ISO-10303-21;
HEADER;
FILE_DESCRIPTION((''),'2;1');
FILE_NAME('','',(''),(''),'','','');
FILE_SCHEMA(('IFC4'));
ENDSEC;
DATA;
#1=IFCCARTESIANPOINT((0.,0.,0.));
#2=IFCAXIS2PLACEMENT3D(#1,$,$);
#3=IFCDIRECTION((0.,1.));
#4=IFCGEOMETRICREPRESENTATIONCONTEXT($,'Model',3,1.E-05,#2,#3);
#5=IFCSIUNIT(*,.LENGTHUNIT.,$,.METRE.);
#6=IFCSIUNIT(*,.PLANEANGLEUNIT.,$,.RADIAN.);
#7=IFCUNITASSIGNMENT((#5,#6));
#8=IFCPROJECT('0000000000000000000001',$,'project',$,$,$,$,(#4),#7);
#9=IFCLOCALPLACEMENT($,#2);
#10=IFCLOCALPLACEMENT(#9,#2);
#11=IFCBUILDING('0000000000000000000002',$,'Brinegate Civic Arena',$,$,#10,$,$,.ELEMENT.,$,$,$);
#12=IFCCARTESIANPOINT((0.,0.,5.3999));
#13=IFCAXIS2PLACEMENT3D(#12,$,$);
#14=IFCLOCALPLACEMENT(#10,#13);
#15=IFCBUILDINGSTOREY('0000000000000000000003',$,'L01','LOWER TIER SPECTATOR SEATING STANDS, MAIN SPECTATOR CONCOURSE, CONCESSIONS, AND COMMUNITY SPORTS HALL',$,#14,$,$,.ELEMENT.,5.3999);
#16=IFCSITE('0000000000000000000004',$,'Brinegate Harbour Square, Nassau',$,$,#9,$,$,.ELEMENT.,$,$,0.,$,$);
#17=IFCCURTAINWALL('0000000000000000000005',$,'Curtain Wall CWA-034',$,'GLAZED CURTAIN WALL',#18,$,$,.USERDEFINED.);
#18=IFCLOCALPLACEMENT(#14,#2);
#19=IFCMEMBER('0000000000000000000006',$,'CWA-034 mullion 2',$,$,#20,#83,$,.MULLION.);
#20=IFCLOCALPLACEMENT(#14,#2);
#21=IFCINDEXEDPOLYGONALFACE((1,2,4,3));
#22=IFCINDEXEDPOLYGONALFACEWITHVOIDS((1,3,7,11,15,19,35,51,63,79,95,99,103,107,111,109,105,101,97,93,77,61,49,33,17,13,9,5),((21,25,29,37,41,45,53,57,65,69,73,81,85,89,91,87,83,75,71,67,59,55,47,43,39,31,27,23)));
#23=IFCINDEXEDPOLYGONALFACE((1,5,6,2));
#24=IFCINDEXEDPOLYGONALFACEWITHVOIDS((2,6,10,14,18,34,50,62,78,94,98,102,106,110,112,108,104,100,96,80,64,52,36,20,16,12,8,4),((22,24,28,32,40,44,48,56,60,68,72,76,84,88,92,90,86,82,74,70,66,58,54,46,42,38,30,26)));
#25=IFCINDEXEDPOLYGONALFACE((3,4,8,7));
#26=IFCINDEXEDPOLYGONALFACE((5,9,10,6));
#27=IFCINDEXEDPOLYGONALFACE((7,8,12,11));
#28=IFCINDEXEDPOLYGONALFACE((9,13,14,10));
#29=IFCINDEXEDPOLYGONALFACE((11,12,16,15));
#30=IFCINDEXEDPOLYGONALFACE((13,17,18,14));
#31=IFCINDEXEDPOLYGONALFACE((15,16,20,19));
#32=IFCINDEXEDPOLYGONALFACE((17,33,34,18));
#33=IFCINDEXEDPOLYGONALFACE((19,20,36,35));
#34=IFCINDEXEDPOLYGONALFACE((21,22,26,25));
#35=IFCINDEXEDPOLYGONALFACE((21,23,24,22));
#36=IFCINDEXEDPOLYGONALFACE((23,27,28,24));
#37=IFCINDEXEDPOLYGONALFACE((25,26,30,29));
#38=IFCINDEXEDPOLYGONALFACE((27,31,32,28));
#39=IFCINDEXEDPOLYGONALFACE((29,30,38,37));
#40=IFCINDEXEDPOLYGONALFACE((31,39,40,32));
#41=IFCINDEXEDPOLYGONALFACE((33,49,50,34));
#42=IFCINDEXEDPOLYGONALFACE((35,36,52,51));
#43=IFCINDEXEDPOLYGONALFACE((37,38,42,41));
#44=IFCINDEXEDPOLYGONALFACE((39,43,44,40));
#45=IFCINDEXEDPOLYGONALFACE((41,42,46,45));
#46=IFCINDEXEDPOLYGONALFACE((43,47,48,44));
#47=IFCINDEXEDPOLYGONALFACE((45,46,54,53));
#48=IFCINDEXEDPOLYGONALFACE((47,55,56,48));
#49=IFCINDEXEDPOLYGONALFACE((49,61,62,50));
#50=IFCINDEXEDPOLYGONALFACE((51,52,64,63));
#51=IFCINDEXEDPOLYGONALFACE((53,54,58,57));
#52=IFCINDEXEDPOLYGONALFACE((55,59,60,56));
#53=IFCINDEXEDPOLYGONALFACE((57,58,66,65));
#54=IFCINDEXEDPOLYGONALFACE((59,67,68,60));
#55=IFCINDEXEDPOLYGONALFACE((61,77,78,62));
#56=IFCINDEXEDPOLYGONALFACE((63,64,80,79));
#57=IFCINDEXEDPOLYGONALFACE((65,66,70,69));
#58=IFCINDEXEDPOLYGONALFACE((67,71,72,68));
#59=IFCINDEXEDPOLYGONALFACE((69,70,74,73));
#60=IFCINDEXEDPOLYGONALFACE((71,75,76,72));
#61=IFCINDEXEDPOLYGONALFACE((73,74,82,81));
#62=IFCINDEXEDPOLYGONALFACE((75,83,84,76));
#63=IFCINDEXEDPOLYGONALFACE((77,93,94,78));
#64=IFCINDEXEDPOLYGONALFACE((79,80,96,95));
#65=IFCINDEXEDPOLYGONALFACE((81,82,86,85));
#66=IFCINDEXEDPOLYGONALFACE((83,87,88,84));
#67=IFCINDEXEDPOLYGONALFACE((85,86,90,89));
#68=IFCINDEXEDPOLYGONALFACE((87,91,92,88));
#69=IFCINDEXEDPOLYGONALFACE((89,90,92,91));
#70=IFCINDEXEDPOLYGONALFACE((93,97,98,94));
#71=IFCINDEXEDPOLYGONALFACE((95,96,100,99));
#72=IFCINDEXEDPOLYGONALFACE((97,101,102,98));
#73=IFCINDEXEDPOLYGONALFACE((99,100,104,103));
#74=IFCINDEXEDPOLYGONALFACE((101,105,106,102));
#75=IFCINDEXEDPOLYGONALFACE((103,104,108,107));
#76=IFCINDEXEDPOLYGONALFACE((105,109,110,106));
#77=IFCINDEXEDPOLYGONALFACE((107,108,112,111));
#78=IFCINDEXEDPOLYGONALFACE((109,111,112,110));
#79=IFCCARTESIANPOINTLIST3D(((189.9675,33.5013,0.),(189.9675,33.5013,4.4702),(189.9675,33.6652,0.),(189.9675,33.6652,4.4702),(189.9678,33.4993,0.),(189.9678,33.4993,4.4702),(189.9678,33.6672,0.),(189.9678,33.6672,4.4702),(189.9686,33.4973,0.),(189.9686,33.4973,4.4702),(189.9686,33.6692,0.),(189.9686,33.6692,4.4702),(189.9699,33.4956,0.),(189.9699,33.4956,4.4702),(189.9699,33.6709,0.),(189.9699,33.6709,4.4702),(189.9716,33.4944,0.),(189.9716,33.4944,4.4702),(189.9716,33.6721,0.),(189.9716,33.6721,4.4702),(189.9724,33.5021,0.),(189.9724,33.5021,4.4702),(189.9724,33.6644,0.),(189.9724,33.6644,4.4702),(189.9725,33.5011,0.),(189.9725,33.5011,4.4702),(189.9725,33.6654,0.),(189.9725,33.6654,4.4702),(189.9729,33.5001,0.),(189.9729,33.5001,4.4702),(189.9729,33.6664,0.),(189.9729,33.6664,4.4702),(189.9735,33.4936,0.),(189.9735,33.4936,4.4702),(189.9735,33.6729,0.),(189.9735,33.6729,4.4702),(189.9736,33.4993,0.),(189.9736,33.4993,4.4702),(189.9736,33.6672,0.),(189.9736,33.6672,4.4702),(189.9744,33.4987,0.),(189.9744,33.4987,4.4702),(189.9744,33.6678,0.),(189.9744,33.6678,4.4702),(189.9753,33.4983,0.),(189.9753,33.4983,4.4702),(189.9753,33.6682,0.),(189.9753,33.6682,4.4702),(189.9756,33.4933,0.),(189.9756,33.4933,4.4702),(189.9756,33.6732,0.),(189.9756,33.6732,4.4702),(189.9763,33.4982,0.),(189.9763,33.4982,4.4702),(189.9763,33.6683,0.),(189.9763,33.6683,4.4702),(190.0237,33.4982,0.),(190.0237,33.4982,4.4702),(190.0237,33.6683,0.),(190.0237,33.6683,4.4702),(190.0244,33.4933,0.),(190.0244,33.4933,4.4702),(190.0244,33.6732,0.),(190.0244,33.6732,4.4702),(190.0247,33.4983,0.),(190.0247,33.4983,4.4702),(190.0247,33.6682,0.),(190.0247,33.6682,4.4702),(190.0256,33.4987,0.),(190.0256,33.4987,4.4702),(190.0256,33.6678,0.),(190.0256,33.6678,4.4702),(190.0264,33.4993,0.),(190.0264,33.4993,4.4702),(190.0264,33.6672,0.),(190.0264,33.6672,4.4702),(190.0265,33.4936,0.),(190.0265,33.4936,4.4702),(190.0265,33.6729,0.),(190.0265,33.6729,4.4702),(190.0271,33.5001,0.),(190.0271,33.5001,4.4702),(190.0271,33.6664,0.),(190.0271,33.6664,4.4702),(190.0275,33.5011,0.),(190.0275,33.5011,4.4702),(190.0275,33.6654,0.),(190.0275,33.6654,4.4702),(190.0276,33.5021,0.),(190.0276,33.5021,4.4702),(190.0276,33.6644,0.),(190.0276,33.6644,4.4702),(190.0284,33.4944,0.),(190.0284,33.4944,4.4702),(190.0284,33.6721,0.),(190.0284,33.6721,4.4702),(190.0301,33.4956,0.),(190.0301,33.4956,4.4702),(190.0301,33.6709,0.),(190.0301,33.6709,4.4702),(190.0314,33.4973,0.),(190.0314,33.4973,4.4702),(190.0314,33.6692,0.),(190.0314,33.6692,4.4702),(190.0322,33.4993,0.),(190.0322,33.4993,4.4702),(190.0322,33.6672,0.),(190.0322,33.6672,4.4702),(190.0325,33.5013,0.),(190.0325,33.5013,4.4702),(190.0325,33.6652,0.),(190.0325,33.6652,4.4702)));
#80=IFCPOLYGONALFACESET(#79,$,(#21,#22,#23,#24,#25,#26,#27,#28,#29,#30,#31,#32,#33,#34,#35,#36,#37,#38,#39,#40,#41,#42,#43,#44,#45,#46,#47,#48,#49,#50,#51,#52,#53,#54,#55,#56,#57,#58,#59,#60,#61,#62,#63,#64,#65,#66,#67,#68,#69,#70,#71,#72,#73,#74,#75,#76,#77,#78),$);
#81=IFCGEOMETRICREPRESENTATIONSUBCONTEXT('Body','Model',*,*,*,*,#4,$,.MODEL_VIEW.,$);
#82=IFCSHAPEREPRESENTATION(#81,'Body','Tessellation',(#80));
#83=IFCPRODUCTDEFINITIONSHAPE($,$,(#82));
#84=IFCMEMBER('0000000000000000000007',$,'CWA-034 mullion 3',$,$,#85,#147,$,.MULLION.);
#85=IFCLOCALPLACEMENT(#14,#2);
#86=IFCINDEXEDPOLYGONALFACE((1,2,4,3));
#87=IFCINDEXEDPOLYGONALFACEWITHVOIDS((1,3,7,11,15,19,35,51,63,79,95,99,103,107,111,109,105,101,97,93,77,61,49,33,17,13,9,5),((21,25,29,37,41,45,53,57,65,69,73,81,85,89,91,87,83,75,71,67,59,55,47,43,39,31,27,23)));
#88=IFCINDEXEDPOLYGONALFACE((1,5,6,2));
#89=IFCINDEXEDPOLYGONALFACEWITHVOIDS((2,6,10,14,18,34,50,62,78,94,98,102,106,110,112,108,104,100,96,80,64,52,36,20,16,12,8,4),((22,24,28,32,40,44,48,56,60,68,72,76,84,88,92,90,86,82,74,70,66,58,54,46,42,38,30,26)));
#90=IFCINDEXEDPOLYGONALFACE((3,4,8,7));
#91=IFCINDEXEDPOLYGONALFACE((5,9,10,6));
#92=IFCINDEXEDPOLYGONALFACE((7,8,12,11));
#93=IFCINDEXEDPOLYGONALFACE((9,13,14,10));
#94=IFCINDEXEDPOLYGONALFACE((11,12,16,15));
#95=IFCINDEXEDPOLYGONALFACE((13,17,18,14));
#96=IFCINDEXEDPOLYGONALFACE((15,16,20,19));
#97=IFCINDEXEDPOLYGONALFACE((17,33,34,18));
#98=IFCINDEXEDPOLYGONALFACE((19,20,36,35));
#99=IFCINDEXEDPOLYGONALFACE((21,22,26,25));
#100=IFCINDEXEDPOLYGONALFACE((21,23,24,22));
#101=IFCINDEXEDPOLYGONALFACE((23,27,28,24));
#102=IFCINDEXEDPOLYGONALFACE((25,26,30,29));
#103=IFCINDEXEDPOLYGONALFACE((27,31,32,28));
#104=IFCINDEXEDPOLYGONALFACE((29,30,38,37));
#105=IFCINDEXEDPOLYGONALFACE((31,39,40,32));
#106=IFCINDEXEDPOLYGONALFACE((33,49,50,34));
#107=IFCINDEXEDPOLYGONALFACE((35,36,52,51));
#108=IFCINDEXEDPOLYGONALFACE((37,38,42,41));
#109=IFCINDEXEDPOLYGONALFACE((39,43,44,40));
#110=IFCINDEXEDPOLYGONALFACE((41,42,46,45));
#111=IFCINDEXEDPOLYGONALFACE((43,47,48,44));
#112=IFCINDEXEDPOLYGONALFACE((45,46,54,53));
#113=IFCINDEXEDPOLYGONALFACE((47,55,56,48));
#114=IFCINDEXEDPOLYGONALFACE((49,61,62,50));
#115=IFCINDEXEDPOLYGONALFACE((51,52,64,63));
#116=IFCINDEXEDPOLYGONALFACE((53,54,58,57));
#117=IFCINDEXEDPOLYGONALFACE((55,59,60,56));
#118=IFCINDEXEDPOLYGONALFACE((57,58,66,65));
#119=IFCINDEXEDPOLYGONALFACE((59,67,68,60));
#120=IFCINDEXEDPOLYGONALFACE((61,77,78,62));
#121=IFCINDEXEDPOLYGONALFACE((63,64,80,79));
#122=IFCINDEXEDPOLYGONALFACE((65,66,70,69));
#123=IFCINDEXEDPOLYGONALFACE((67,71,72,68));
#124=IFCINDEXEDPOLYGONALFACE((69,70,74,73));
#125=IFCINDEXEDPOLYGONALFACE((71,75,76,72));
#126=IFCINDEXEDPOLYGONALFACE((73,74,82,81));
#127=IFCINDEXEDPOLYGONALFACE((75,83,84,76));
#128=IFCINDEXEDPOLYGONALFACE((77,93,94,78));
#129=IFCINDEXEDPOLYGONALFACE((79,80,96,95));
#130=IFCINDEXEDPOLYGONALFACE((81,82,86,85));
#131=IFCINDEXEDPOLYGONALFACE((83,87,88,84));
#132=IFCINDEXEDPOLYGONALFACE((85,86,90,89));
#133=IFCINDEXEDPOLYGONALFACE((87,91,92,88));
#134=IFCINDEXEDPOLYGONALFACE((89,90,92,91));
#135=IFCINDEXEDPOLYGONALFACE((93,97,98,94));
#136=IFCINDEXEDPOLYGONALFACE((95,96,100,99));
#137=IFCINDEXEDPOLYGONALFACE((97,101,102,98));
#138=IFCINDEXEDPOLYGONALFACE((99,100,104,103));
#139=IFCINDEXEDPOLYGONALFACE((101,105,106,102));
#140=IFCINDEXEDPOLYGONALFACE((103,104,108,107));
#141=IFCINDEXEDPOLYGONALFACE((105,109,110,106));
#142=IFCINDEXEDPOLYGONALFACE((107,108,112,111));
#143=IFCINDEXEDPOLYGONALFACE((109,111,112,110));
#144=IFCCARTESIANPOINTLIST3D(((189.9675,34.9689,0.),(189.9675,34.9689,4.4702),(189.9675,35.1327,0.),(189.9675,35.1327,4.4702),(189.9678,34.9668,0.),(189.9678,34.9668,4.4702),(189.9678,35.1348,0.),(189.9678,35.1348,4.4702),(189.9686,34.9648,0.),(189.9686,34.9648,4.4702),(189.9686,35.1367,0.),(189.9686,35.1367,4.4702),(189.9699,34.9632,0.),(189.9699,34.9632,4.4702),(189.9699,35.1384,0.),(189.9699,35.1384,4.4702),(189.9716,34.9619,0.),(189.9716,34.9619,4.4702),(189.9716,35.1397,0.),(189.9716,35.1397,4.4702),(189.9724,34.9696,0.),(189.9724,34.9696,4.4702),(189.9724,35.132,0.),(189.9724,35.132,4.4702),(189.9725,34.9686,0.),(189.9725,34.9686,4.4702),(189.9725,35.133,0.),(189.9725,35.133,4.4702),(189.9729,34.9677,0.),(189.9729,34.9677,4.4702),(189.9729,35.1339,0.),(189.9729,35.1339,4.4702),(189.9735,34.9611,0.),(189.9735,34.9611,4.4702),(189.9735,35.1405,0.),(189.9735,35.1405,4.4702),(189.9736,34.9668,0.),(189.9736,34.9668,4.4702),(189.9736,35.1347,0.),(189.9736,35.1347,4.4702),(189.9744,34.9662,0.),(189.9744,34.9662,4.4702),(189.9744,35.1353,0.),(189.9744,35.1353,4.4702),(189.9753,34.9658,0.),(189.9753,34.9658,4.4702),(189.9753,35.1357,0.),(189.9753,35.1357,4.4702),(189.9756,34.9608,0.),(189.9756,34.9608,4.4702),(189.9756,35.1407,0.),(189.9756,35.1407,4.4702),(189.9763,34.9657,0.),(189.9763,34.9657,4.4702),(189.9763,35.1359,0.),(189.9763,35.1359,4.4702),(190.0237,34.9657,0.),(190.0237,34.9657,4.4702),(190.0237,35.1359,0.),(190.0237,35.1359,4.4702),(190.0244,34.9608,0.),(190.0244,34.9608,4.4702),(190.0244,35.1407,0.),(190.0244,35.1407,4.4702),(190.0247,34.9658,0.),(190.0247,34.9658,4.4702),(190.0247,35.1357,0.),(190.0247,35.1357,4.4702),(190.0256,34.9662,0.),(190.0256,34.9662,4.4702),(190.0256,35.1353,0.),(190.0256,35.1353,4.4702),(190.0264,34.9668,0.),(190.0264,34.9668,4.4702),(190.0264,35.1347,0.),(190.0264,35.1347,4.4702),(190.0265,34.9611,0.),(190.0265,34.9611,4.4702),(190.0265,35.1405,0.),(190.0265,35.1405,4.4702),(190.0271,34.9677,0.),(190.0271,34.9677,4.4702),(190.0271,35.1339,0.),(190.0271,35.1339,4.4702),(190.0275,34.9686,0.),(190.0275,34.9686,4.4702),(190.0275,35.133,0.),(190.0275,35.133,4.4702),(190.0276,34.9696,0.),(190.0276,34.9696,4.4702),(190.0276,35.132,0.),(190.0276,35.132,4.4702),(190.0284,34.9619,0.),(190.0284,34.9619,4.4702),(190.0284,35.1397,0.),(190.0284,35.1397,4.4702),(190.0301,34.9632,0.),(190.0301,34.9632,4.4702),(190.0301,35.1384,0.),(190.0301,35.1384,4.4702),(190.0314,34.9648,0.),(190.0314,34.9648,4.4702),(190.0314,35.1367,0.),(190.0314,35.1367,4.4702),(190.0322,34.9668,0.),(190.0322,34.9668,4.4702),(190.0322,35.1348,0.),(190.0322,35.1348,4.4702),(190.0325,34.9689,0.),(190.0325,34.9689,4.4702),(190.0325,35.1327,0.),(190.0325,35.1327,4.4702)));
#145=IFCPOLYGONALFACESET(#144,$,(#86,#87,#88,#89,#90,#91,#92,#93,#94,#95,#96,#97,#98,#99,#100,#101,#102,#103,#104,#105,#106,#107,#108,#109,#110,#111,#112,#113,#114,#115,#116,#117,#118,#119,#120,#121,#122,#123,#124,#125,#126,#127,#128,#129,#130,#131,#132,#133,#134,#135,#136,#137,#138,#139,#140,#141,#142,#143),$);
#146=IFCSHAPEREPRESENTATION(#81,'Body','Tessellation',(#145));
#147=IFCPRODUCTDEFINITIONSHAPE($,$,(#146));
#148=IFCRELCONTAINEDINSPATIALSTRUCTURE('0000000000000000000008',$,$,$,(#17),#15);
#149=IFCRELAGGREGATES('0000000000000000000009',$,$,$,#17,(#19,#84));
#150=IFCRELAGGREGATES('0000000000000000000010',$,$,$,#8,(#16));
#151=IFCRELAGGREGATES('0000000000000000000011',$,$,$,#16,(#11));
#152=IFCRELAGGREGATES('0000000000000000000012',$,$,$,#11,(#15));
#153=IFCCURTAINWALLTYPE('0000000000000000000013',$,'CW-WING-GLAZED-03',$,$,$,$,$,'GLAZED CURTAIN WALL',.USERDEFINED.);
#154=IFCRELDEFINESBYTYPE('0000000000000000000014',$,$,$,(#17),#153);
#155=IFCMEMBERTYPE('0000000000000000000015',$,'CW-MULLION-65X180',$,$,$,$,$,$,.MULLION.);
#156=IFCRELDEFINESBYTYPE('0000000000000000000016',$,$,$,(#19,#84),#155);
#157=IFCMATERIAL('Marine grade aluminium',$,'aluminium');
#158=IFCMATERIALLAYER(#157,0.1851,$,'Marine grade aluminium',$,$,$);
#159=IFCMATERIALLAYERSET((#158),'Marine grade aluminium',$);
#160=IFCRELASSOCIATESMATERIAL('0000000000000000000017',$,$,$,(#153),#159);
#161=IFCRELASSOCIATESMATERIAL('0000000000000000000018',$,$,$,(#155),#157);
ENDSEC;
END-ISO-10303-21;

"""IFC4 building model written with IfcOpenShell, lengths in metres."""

from ifc_helpers import new_model, si_unit, direction, frame, origin, origin_2d, place, context, subcontext, project, spatial, hollow_rectangle, extrude, material, layer, layer_set, material_profile, profile_set, type_object, element, aggregate, save


model = new_model("IFC4")

# Units and contexts
model_context = context("Model", 3, precision=1e-05, world=origin(), true_north=direction((0.0, 1.0)))
body_context = subcontext(model_context, "Body", "Model", "MODEL_VIEW")
ifc_project = project(units=[si_unit("LENGTHUNIT", "METRE"), si_unit("PLANEANGLEUNIT", "RADIAN")], contexts=[model_context])

# Site, building, storey
site_placement = place(None, origin())
site = spatial("IfcSite", under=ifc_project, at=site_placement, Name="Brinegate Harbour Square, Nassau", CompositionType="ELEMENT", RefElevation=0.0)
building_placement = place(site_placement, origin())
building = spatial("IfcBuilding", under=site, at=building_placement, Name="Brinegate Civic Arena", CompositionType="ELEMENT")
storey_placement = place(building_placement, frame((0.0, 0.0, 5.3999)))
storey = spatial("IfcBuildingStorey", under=building, at=storey_placement, Name="L01", Description="LOWER TIER SPECTATOR SEATING STANDS, MAIN SPECTATOR CONCOURSE, CONCESSIONS, AND COMMUNITY SPORTS HALL", CompositionType="ELEMENT", Elevation=5.3999)

# Curtain wall, members
ifc_material_1 = material(Name="Marine grade aluminium", Category="aluminium")
ifc_layer_1 = layer(ifc_material_1, 0.1851, Name="Marine grade aluminium")
ifc_layer_set_1 = layer_set([ifc_layer_1], Name="Marine grade aluminium")
curtain_wall_type = type_object("IfcCurtainWallType", Name="CW-WING-GLAZED-03", ElementType="GLAZED CURTAIN WALL", PredefinedType="USERDEFINED", material=ifc_layer_set_1)
curtain_wall_placement = place(storey_placement, origin())
curtain_wall = element("IfcCurtainWall", 1, at=curtain_wall_placement, inside=storey, type_object=curtain_wall_type, Name="Curtain Wall CWA-034", ObjectType="GLAZED CURTAIN WALL", PredefinedType="USERDEFINED")
ifc_material_profile_1 = material_profile(ifc_material_1, hollow_rectangle(XDim=0.0649, YDim=0.1799, WallThickness=0.0049, InnerFilletRadius=0.0039, OuterFilletRadius=0.0081, at=origin_2d()), Name="MUL65X180")
ifc_profile_set_1 = profile_set([ifc_material_profile_1], Name="Marine grade aluminium")
member_type_1 = type_object("IfcMemberType", Name="CW-MULLION-65X180", PredefinedType="MULLION", material=ifc_profile_set_1)
member_1_placement = place(storey_placement, frame((190.0, 33.5833, 0.0), z_axis=(0.0, 0.0, 1.0), x_axis=(-1.0, 0.0, 0.0)))
member_1 = element("IfcMember", 2, at=member_1_placement, type_object=member_type_1, Name="CWA-034 mullion 2", PredefinedType="MULLION", context=body_context, shape_type="SweptSolid", body=[
    extrude(hollow_rectangle(XDim=0.0649, YDim=0.1799, WallThickness=0.0049, InnerFilletRadius=0.0039, OuterFilletRadius=0.0081, at=origin_2d()), origin(), (0.0, 0.0, 1.0), 4.4702),
])
member_2_placement = place(storey_placement, frame((190.0, 35.0508, 0.0), z_axis=(0.0, 0.0, 1.0), x_axis=(-1.0, 0.0, 0.0)))
member_2 = element("IfcMember", 3, at=member_2_placement, type_object=member_type_1, Name="CWA-034 mullion 3", PredefinedType="MULLION", context=body_context, shape_type="SweptSolid", body=[
    extrude(hollow_rectangle(XDim=0.0649, YDim=0.1799, WallThickness=0.0049, InnerFilletRadius=0.0039, OuterFilletRadius=0.0081, at=origin_2d()), origin(), (0.0, 0.0, 1.0), 4.4702),
])
aggregate(curtain_wall, [member_1, member_2])

save(model, "model.ifc")
